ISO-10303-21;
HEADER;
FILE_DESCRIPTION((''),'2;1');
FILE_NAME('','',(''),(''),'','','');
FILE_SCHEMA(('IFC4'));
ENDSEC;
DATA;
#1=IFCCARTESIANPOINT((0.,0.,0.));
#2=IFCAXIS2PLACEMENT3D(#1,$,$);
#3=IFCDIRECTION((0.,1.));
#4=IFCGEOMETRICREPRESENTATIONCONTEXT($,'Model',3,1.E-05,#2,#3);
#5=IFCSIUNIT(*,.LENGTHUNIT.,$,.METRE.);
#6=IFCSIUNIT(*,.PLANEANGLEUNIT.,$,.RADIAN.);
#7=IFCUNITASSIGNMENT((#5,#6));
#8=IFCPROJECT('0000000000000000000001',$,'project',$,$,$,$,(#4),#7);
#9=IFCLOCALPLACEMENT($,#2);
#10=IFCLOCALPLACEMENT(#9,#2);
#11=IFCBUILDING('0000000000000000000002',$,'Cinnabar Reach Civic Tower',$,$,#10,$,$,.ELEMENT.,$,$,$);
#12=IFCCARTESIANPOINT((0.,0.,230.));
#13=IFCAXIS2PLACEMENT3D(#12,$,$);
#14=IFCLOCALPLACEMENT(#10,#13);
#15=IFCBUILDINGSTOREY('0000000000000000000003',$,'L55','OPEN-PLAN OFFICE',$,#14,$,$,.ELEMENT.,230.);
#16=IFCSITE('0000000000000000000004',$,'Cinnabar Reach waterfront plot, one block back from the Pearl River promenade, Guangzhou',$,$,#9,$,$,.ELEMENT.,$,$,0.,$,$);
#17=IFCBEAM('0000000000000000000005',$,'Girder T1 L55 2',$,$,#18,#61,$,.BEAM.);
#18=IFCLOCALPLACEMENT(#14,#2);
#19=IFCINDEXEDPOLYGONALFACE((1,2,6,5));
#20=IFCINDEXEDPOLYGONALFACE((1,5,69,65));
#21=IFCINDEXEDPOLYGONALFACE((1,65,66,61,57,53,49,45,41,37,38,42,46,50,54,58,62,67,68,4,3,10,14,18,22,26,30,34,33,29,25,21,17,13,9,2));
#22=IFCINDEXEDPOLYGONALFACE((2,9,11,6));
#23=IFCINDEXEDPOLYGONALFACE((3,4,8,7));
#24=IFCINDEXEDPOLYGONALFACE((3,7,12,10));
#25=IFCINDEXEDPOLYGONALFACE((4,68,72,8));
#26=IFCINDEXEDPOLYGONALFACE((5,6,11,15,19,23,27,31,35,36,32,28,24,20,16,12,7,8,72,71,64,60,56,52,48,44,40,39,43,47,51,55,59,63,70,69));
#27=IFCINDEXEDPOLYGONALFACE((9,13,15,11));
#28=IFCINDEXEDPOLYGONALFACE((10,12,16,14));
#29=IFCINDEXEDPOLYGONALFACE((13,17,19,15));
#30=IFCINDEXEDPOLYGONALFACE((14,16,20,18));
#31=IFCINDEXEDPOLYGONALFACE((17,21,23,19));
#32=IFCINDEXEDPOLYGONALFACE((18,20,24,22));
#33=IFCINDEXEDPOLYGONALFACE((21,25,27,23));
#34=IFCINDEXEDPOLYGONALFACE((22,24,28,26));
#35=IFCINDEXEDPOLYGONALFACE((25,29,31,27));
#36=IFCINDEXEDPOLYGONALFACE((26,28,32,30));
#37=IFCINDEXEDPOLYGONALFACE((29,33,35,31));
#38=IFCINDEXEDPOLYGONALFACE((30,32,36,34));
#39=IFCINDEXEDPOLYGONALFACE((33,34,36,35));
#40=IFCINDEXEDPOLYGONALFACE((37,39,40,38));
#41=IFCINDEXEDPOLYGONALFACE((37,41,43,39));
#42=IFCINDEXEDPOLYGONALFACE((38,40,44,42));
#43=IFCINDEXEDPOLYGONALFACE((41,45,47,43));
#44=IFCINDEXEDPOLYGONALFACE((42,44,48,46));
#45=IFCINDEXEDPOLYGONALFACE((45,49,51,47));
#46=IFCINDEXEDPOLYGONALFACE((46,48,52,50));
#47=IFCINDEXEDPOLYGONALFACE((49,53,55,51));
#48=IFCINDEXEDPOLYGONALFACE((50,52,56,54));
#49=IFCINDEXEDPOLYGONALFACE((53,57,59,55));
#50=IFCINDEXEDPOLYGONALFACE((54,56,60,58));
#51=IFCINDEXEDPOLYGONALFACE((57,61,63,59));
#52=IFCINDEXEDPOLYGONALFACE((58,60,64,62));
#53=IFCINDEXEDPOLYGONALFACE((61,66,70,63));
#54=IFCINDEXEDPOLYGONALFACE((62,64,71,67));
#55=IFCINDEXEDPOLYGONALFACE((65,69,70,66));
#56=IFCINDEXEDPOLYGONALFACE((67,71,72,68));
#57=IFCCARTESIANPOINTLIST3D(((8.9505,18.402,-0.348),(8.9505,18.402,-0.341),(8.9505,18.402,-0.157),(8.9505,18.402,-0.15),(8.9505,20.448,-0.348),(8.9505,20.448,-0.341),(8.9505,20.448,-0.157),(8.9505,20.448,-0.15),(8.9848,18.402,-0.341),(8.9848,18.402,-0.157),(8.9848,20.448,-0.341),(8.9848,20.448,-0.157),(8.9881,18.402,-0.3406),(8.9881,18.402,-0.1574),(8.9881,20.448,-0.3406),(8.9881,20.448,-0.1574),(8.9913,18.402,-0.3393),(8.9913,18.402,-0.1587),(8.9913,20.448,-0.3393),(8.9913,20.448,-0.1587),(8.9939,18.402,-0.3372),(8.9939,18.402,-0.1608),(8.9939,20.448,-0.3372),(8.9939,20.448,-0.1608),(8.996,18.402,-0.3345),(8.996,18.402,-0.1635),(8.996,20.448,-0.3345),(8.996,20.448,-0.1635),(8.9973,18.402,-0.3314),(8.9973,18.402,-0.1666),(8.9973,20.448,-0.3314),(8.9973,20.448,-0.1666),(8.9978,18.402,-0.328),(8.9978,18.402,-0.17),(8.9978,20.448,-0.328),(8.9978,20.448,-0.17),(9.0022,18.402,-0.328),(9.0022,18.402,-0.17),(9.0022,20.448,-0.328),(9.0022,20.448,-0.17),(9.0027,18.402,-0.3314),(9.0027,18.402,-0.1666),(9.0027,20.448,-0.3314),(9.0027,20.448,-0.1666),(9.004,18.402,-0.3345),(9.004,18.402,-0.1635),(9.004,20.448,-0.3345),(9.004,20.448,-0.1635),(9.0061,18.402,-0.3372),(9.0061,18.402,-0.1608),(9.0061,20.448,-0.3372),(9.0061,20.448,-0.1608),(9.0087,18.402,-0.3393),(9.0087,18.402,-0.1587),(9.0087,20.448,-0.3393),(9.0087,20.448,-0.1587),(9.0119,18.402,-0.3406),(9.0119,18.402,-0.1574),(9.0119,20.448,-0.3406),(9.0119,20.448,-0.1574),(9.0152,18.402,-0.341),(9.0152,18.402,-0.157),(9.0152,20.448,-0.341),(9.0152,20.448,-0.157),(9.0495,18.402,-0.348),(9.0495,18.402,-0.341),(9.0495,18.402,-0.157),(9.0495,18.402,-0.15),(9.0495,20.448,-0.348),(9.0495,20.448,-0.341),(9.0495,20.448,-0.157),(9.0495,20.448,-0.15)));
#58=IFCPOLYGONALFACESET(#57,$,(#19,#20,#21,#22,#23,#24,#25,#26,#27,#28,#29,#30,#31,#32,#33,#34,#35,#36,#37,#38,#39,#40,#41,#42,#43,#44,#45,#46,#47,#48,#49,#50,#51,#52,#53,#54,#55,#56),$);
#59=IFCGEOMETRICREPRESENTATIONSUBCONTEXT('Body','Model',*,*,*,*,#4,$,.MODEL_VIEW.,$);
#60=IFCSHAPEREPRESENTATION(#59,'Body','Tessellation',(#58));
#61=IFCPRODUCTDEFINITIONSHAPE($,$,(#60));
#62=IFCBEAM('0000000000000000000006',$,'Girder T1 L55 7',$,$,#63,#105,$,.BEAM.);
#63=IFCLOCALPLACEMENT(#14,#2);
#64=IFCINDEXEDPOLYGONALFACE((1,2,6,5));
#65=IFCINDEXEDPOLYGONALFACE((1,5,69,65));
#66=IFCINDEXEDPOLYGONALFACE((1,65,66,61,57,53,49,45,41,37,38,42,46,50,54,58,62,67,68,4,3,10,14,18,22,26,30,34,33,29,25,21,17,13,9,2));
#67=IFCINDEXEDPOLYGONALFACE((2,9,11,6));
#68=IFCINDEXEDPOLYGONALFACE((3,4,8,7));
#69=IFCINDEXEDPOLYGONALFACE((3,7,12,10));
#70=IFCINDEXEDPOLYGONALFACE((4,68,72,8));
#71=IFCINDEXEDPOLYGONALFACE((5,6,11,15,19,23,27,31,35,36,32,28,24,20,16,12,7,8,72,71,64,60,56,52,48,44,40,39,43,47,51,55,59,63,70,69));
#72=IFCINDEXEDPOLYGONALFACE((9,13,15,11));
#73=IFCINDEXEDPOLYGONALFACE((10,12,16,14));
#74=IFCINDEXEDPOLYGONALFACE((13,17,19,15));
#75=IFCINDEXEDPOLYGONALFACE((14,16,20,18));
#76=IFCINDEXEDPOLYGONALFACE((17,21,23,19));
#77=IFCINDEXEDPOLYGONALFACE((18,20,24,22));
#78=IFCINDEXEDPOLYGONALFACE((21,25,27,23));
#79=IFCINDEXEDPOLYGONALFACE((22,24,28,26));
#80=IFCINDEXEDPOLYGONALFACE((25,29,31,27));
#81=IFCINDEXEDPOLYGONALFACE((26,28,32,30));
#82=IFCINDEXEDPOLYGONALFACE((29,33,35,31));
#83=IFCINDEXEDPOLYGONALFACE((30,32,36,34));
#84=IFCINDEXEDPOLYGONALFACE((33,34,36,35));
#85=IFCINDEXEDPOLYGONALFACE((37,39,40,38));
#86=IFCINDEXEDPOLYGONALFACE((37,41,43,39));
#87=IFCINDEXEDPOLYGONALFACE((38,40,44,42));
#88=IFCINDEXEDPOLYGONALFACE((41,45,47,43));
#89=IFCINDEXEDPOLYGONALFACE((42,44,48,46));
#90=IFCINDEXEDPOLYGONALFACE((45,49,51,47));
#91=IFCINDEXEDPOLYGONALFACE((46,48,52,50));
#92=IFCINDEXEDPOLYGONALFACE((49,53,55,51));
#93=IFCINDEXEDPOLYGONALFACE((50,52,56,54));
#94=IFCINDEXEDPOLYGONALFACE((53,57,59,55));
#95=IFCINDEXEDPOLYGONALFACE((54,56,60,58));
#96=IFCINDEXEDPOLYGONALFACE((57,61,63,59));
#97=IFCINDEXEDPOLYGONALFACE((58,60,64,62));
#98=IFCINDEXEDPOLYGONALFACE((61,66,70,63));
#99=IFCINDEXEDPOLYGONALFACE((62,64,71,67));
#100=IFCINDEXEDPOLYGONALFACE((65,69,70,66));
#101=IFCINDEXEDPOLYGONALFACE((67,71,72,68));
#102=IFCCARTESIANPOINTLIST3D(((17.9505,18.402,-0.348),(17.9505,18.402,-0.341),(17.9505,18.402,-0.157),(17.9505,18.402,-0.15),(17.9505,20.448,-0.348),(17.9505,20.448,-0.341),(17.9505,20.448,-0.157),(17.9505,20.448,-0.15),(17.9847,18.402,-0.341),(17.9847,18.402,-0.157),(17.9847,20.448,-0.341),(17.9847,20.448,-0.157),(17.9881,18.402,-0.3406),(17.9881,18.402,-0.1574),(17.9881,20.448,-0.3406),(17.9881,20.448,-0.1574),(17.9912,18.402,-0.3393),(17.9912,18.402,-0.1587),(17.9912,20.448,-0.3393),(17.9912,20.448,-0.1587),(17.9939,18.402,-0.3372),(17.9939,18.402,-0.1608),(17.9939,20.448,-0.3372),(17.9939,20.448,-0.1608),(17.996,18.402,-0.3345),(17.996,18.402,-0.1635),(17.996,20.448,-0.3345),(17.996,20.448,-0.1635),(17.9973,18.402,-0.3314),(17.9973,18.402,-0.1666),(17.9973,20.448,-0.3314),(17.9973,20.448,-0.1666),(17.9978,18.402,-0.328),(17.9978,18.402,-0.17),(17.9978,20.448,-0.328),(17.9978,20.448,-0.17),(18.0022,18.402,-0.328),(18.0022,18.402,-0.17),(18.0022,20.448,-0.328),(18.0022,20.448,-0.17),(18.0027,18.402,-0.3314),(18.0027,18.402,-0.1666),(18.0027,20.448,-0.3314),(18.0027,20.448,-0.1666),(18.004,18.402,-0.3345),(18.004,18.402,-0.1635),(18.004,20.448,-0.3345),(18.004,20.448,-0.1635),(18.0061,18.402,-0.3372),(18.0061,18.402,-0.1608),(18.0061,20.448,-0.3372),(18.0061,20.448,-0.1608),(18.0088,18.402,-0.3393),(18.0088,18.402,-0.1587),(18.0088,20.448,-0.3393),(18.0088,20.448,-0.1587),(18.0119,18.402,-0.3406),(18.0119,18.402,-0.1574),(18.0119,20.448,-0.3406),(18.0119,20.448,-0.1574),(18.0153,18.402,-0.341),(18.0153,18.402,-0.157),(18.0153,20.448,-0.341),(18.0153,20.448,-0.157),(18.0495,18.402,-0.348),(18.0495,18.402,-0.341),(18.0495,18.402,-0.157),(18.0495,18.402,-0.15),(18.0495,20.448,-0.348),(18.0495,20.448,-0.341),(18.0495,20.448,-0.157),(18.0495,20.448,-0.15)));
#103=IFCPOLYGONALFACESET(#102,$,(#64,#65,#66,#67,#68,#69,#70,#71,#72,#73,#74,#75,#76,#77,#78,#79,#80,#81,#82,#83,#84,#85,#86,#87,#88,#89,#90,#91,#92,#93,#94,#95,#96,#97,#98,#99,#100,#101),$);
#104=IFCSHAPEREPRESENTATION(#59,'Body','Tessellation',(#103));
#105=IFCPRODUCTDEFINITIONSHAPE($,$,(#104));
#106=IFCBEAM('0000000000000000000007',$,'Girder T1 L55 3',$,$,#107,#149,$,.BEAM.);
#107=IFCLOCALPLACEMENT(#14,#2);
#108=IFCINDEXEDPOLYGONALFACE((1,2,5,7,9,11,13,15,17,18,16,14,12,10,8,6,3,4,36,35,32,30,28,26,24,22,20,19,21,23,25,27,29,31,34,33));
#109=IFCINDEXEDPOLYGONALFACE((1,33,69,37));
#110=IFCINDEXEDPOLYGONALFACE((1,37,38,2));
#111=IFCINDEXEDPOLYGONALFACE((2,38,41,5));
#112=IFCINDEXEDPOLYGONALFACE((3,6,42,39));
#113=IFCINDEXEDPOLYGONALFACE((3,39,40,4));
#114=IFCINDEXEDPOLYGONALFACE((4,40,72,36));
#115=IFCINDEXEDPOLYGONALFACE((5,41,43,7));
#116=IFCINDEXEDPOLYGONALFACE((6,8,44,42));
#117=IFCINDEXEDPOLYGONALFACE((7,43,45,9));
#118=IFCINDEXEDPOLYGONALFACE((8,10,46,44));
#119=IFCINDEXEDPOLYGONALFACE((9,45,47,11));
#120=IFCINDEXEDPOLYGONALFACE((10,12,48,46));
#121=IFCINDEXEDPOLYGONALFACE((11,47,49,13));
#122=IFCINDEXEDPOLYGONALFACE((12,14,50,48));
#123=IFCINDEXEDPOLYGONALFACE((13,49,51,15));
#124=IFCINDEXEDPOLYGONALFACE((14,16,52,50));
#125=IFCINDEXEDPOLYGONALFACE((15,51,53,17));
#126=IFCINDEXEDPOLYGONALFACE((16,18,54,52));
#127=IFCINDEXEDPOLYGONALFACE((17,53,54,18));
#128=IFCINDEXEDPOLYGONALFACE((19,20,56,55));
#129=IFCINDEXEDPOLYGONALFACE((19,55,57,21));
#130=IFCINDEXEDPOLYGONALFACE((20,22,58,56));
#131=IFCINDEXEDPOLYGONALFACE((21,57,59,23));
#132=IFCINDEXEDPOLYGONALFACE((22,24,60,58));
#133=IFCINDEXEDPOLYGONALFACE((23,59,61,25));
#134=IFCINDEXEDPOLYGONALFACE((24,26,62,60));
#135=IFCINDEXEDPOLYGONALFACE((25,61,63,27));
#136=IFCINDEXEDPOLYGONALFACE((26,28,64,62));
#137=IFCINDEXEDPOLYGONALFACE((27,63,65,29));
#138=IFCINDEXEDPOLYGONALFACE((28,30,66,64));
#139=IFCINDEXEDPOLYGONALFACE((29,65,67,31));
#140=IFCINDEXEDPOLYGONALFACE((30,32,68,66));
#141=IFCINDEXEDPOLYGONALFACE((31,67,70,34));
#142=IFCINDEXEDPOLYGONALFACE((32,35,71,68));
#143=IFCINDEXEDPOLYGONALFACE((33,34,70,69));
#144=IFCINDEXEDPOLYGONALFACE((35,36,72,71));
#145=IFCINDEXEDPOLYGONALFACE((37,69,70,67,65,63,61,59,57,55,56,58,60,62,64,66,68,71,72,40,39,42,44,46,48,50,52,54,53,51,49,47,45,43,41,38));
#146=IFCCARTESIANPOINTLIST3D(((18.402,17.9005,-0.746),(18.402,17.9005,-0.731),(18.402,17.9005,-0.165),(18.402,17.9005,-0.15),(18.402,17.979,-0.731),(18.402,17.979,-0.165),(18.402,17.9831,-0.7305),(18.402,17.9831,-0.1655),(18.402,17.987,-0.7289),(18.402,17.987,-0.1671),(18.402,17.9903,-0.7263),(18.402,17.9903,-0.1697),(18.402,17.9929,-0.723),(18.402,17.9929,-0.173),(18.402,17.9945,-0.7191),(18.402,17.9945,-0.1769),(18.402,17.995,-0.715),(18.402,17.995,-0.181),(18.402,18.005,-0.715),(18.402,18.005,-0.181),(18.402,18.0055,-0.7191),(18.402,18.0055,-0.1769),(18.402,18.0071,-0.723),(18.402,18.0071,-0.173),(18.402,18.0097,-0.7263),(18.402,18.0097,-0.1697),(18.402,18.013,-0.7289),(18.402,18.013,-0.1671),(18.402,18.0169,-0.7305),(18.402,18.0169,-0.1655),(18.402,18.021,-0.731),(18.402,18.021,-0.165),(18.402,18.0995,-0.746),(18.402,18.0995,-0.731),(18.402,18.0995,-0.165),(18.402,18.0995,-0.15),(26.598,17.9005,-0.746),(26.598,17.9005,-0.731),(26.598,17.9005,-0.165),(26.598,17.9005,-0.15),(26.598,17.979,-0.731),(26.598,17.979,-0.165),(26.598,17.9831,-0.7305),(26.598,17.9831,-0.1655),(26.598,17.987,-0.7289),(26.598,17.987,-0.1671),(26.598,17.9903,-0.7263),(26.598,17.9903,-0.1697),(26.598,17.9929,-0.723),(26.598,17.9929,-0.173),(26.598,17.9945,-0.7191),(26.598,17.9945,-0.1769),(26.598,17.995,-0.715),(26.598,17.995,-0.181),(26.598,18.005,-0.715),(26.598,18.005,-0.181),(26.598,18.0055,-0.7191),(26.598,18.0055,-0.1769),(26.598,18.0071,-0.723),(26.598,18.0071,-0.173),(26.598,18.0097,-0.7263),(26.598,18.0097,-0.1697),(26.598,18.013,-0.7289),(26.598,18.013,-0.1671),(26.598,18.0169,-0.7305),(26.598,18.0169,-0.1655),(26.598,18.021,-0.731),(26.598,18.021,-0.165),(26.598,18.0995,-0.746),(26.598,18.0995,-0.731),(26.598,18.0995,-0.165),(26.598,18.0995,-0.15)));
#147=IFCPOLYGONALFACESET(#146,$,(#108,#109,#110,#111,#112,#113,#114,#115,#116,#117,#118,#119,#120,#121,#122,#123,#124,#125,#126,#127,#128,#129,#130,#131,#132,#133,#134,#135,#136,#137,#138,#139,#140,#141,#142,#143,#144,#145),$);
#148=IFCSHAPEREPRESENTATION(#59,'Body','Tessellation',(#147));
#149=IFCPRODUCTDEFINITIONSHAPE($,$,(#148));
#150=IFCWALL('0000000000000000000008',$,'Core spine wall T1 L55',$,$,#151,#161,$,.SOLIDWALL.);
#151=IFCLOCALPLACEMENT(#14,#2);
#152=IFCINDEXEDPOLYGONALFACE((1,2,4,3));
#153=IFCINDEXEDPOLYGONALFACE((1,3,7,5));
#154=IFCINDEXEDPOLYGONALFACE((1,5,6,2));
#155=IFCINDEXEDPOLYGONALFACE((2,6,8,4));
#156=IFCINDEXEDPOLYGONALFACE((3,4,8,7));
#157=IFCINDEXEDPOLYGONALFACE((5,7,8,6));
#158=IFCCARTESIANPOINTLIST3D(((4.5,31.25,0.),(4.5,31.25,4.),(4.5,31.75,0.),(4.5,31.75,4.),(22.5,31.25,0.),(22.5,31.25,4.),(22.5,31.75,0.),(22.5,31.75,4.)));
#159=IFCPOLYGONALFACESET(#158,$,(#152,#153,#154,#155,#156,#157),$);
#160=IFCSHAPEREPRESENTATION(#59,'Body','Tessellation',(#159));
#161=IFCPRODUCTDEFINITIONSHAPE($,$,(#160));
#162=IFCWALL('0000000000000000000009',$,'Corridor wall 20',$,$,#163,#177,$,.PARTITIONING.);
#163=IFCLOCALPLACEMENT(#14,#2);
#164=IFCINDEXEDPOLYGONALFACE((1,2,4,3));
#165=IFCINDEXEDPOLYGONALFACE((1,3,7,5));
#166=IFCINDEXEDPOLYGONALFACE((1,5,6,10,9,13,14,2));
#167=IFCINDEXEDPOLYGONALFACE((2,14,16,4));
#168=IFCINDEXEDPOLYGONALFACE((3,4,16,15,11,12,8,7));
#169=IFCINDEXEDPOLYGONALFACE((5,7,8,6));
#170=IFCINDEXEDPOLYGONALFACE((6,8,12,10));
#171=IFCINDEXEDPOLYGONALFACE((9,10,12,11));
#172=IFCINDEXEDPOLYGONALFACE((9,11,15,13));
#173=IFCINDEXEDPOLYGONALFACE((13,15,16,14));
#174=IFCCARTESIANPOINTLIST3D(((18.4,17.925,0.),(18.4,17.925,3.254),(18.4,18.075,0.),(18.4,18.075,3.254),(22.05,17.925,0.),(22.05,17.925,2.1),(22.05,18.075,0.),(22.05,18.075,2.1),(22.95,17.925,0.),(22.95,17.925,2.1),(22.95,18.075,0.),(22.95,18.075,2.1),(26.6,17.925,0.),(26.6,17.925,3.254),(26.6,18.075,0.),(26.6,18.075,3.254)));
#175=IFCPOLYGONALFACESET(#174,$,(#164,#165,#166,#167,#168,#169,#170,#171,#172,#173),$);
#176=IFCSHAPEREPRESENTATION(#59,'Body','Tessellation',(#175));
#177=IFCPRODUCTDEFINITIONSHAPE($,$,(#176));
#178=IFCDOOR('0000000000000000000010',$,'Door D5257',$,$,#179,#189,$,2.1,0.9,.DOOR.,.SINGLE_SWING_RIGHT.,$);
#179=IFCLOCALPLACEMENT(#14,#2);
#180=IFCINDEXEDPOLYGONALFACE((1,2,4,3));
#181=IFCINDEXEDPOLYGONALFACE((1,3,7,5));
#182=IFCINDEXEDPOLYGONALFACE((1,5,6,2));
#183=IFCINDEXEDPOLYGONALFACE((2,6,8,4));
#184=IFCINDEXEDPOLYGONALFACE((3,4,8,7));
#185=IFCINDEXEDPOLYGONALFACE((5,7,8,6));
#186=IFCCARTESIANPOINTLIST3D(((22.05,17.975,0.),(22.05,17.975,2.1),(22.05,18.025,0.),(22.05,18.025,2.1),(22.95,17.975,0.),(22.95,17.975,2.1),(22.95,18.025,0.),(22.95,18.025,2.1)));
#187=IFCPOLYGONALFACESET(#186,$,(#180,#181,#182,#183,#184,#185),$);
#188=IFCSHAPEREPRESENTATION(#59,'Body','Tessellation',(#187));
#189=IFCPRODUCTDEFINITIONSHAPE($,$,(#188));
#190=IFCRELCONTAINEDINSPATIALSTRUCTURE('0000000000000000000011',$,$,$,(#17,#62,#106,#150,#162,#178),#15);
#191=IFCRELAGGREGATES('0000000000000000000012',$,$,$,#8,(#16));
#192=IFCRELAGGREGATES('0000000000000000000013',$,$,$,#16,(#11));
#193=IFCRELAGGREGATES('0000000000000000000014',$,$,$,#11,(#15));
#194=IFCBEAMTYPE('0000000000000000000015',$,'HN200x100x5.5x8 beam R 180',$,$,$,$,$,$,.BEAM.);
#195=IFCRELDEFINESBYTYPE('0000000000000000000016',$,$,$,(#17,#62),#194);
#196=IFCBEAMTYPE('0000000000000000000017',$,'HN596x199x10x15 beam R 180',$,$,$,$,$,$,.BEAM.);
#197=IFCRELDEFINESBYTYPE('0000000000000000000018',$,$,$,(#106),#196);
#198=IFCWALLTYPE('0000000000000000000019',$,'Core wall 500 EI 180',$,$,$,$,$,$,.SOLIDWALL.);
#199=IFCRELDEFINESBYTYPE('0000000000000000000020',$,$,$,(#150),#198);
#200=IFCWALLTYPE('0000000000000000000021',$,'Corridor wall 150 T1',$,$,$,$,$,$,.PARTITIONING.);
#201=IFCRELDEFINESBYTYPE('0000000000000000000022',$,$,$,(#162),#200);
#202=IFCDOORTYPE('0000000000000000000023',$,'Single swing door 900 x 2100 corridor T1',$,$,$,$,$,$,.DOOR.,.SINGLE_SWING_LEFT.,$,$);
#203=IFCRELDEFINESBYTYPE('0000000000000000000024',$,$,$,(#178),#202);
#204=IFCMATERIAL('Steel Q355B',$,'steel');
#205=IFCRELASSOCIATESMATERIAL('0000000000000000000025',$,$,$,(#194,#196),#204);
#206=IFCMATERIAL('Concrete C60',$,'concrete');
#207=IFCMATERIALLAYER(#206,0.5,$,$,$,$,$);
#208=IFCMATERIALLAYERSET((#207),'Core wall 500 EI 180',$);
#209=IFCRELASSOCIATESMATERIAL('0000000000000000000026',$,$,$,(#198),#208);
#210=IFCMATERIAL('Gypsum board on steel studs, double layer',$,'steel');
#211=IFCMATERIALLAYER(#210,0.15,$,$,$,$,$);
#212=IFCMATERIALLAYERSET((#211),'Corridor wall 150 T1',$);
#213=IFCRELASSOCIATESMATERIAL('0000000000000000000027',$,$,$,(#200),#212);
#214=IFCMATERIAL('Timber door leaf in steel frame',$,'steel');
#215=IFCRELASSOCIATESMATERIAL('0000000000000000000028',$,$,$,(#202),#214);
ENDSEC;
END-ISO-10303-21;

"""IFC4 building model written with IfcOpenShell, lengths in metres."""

from ifc_helpers import new_model, si_unit, direction, frame, frame_2d, origin, origin_2d, place, context, subcontext, project, spatial, rectangle, i_section, extrude, material, layer, layer_set, material_profile, profile_set, type_object, element, fill, save


model = new_model("IFC4")

# Units and contexts
model_context = context("Model", 3, precision=1e-05, world=origin(), true_north=direction((0.0, 1.0)))
body_context = subcontext(model_context, "Body", "Model", "MODEL_VIEW")
ifc_project = project(units=[si_unit("LENGTHUNIT", "METRE"), si_unit("PLANEANGLEUNIT", "RADIAN")], contexts=[model_context])

# Site, building, storey
site_placement = place(None, origin())
site = spatial("IfcSite", under=ifc_project, at=site_placement, Name="Cinnabar Reach waterfront plot, one block back from the Pearl River promenade, Guangzhou", CompositionType="ELEMENT", RefElevation=0.0)
building_placement = place(site_placement, origin())
building = spatial("IfcBuilding", under=site, at=building_placement, Name="Cinnabar Reach Civic Tower", CompositionType="ELEMENT")
storey_placement = place(building_placement, frame((0.0, 0.0, 230.0)))
storey = spatial("IfcBuildingStorey", under=building, at=storey_placement, Name="L55", Description="OPEN-PLAN OFFICE", CompositionType="ELEMENT", Elevation=230.0)

# Beams
ifc_material_1 = material(Name="Steel Q355B", Category="steel")
ifc_material_profile_1 = material_profile(ifc_material_1, i_section(OverallWidth=0.099, OverallDepth=0.198, WebThickness=0.0045, FlangeThickness=0.007, FilletRadius=0.013, at=origin_2d()), Name="HN200x100x5.5x8")
ifc_profile_set_1 = profile_set([ifc_material_profile_1], Name="Steel Q355B")
beam_type_1 = type_object("IfcBeamType", Name="HN200x100x5.5x8 beam R 180", PredefinedType="BEAM", material=ifc_profile_set_1)
for number, where, z_axis, x_axis, name in (
    (1, (9.0, 18.402, -0.249), (0.0, 1.0, 0.0), (-1.0, 0.0, 0.0), "Girder T1 L55 2"),
    (2, (18.0, 18.402, -0.249), (0.0, 1.0, 0.0), (-1.0, 0.0, 0.0), "Girder T1 L55 7"),
):
    element("IfcBeam", number, at=place(storey_placement, frame(where, z_axis=z_axis, x_axis=x_axis)), inside=storey, type_object=beam_type_1, Name=name, PredefinedType="BEAM", context=body_context, shape_type="SweptSolid", body=[
        extrude(i_section(OverallWidth=0.099, OverallDepth=0.198, WebThickness=0.0045, FlangeThickness=0.007, FilletRadius=0.013, at=origin_2d()), origin(), (0.0, 0.0, 1.0), 2.046),
    ])
ifc_material_profile_2 = material_profile(ifc_material_1, i_section(OverallWidth=0.199, OverallDepth=0.596, WebThickness=0.01, FlangeThickness=0.015, FilletRadius=0.016, at=origin_2d()), Name="HN596x199x10x15")
ifc_profile_set_2 = profile_set([ifc_material_profile_2], Name="Steel Q355B")
beam_type_2 = type_object("IfcBeamType", Name="HN596x199x10x15 beam R 180", PredefinedType="BEAM", material=ifc_profile_set_2)
beam_placement = place(storey_placement, frame((18.402, 18.0, -0.448), z_axis=(1.0, 0.0, 0.0), x_axis=(0.0, 1.0, 0.0)))
element("IfcBeam", 3, at=beam_placement, inside=storey, type_object=beam_type_2, Name="Girder T1 L55 3", PredefinedType="BEAM", context=body_context, shape_type="SweptSolid", body=[
    extrude(i_section(OverallWidth=0.199, OverallDepth=0.596, WebThickness=0.01, FlangeThickness=0.015, FilletRadius=0.016, at=origin_2d()), origin(), (0.0, 0.0, 1.0), 8.196),
])

# Wall
ifc_material_2 = material(Name="Concrete C60", Category="concrete")
ifc_layer_1 = layer(ifc_material_2, 0.5)
ifc_layer_set_1 = layer_set([ifc_layer_1], Name="Core wall 500 EI 180")
wall_type_1 = type_object("IfcWallType", Name="Core wall 500 EI 180", PredefinedType="SOLIDWALL", material=ifc_layer_set_1)
wall_1_placement = place(storey_placement, frame((4.5, 31.5, 0.0), z_axis=(0.0, 0.0, 1.0), x_axis=(1.0, 0.0, 0.0)))
element("IfcWall", 4, at=wall_1_placement, inside=storey, type_object=wall_type_1, Name="Core spine wall T1 L55", PredefinedType="SOLIDWALL", context=body_context, shape_type="SweptSolid", body=[
    extrude(rectangle(XDim=18.0, YDim=0.5, at=frame_2d((9.0, 0.0))), origin(), (0.0, 0.0, 1.0), 4.0),
])

# Wall, opening, door
ifc_material_3 = material(Name="Gypsum board on steel studs, double layer", Category="steel")
ifc_layer_2 = layer(ifc_material_3, 0.15)
ifc_layer_set_2 = layer_set([ifc_layer_2], Name="Corridor wall 150 T1")
wall_type_2 = type_object("IfcWallType", Name="Corridor wall 150 T1", PredefinedType="PARTITIONING", material=ifc_layer_set_2)
wall_2_placement = place(storey_placement, frame((18.4, 18.0, 0.0), z_axis=(0.0, 0.0, 1.0), x_axis=(1.0, 0.0, 0.0)))
wall_2 = element("IfcWall", 5, at=wall_2_placement, inside=storey, type_object=wall_type_2, Name="Corridor wall 20", PredefinedType="PARTITIONING", context=body_context, shape_type="SweptSolid", body=[
    extrude(rectangle(XDim=8.2, YDim=0.15, at=frame_2d((4.1, 0.0))), origin(), (0.0, 0.0, 1.0), 3.254),
])
opening_placement = place(wall_2_placement, frame((3.65, 0.0, 0.0)))
opening = element("IfcOpeningElement", 6, at=opening_placement, cuts=wall_2, PredefinedType="OPENING", context=body_context, shape_type="SweptSolid", body=[
    extrude(rectangle(XDim=0.9, YDim=2.1, at=frame_2d((0.45, 1.05))), frame((0.0, 0.085, 0.0), z_axis=(0.0, -1.0, 0.0), x_axis=(1.0, 0.0, 0.0)), (0.0, 0.0, 1.0), 0.17),
])
ifc_material_4 = material(Name="Timber door leaf in steel frame", Category="steel")
door_type = type_object("IfcDoorType", Name="Single swing door 900 x 2100 corridor T1", OperationType="SINGLE_SWING_LEFT", PredefinedType="DOOR", material=ifc_material_4)
door_placement = place(opening_placement, frame((0.9, 0.0, 0.0), z_axis=(0.0, 0.0, 1.0), x_axis=(-1.0, 0.0, 0.0)))
door = element("IfcDoor", 7, at=door_placement, inside=storey, type_object=door_type, Name="Door D5257", OperationType="SINGLE_SWING_RIGHT", OverallHeight=2.1, OverallWidth=0.9, PredefinedType="DOOR", context=body_context, shape_type="SweptSolid", body=[
    extrude(rectangle(XDim=0.9, YDim=2.1, at=frame_2d((0.45, 1.05))), frame((0.0, 0.025, 0.0), z_axis=(0.0, -1.0, 0.0), x_axis=(1.0, 0.0, 0.0)), (0.0, 0.0, 1.0), 0.05),
])
fill(opening, door)

save(model, "model.ifc")
